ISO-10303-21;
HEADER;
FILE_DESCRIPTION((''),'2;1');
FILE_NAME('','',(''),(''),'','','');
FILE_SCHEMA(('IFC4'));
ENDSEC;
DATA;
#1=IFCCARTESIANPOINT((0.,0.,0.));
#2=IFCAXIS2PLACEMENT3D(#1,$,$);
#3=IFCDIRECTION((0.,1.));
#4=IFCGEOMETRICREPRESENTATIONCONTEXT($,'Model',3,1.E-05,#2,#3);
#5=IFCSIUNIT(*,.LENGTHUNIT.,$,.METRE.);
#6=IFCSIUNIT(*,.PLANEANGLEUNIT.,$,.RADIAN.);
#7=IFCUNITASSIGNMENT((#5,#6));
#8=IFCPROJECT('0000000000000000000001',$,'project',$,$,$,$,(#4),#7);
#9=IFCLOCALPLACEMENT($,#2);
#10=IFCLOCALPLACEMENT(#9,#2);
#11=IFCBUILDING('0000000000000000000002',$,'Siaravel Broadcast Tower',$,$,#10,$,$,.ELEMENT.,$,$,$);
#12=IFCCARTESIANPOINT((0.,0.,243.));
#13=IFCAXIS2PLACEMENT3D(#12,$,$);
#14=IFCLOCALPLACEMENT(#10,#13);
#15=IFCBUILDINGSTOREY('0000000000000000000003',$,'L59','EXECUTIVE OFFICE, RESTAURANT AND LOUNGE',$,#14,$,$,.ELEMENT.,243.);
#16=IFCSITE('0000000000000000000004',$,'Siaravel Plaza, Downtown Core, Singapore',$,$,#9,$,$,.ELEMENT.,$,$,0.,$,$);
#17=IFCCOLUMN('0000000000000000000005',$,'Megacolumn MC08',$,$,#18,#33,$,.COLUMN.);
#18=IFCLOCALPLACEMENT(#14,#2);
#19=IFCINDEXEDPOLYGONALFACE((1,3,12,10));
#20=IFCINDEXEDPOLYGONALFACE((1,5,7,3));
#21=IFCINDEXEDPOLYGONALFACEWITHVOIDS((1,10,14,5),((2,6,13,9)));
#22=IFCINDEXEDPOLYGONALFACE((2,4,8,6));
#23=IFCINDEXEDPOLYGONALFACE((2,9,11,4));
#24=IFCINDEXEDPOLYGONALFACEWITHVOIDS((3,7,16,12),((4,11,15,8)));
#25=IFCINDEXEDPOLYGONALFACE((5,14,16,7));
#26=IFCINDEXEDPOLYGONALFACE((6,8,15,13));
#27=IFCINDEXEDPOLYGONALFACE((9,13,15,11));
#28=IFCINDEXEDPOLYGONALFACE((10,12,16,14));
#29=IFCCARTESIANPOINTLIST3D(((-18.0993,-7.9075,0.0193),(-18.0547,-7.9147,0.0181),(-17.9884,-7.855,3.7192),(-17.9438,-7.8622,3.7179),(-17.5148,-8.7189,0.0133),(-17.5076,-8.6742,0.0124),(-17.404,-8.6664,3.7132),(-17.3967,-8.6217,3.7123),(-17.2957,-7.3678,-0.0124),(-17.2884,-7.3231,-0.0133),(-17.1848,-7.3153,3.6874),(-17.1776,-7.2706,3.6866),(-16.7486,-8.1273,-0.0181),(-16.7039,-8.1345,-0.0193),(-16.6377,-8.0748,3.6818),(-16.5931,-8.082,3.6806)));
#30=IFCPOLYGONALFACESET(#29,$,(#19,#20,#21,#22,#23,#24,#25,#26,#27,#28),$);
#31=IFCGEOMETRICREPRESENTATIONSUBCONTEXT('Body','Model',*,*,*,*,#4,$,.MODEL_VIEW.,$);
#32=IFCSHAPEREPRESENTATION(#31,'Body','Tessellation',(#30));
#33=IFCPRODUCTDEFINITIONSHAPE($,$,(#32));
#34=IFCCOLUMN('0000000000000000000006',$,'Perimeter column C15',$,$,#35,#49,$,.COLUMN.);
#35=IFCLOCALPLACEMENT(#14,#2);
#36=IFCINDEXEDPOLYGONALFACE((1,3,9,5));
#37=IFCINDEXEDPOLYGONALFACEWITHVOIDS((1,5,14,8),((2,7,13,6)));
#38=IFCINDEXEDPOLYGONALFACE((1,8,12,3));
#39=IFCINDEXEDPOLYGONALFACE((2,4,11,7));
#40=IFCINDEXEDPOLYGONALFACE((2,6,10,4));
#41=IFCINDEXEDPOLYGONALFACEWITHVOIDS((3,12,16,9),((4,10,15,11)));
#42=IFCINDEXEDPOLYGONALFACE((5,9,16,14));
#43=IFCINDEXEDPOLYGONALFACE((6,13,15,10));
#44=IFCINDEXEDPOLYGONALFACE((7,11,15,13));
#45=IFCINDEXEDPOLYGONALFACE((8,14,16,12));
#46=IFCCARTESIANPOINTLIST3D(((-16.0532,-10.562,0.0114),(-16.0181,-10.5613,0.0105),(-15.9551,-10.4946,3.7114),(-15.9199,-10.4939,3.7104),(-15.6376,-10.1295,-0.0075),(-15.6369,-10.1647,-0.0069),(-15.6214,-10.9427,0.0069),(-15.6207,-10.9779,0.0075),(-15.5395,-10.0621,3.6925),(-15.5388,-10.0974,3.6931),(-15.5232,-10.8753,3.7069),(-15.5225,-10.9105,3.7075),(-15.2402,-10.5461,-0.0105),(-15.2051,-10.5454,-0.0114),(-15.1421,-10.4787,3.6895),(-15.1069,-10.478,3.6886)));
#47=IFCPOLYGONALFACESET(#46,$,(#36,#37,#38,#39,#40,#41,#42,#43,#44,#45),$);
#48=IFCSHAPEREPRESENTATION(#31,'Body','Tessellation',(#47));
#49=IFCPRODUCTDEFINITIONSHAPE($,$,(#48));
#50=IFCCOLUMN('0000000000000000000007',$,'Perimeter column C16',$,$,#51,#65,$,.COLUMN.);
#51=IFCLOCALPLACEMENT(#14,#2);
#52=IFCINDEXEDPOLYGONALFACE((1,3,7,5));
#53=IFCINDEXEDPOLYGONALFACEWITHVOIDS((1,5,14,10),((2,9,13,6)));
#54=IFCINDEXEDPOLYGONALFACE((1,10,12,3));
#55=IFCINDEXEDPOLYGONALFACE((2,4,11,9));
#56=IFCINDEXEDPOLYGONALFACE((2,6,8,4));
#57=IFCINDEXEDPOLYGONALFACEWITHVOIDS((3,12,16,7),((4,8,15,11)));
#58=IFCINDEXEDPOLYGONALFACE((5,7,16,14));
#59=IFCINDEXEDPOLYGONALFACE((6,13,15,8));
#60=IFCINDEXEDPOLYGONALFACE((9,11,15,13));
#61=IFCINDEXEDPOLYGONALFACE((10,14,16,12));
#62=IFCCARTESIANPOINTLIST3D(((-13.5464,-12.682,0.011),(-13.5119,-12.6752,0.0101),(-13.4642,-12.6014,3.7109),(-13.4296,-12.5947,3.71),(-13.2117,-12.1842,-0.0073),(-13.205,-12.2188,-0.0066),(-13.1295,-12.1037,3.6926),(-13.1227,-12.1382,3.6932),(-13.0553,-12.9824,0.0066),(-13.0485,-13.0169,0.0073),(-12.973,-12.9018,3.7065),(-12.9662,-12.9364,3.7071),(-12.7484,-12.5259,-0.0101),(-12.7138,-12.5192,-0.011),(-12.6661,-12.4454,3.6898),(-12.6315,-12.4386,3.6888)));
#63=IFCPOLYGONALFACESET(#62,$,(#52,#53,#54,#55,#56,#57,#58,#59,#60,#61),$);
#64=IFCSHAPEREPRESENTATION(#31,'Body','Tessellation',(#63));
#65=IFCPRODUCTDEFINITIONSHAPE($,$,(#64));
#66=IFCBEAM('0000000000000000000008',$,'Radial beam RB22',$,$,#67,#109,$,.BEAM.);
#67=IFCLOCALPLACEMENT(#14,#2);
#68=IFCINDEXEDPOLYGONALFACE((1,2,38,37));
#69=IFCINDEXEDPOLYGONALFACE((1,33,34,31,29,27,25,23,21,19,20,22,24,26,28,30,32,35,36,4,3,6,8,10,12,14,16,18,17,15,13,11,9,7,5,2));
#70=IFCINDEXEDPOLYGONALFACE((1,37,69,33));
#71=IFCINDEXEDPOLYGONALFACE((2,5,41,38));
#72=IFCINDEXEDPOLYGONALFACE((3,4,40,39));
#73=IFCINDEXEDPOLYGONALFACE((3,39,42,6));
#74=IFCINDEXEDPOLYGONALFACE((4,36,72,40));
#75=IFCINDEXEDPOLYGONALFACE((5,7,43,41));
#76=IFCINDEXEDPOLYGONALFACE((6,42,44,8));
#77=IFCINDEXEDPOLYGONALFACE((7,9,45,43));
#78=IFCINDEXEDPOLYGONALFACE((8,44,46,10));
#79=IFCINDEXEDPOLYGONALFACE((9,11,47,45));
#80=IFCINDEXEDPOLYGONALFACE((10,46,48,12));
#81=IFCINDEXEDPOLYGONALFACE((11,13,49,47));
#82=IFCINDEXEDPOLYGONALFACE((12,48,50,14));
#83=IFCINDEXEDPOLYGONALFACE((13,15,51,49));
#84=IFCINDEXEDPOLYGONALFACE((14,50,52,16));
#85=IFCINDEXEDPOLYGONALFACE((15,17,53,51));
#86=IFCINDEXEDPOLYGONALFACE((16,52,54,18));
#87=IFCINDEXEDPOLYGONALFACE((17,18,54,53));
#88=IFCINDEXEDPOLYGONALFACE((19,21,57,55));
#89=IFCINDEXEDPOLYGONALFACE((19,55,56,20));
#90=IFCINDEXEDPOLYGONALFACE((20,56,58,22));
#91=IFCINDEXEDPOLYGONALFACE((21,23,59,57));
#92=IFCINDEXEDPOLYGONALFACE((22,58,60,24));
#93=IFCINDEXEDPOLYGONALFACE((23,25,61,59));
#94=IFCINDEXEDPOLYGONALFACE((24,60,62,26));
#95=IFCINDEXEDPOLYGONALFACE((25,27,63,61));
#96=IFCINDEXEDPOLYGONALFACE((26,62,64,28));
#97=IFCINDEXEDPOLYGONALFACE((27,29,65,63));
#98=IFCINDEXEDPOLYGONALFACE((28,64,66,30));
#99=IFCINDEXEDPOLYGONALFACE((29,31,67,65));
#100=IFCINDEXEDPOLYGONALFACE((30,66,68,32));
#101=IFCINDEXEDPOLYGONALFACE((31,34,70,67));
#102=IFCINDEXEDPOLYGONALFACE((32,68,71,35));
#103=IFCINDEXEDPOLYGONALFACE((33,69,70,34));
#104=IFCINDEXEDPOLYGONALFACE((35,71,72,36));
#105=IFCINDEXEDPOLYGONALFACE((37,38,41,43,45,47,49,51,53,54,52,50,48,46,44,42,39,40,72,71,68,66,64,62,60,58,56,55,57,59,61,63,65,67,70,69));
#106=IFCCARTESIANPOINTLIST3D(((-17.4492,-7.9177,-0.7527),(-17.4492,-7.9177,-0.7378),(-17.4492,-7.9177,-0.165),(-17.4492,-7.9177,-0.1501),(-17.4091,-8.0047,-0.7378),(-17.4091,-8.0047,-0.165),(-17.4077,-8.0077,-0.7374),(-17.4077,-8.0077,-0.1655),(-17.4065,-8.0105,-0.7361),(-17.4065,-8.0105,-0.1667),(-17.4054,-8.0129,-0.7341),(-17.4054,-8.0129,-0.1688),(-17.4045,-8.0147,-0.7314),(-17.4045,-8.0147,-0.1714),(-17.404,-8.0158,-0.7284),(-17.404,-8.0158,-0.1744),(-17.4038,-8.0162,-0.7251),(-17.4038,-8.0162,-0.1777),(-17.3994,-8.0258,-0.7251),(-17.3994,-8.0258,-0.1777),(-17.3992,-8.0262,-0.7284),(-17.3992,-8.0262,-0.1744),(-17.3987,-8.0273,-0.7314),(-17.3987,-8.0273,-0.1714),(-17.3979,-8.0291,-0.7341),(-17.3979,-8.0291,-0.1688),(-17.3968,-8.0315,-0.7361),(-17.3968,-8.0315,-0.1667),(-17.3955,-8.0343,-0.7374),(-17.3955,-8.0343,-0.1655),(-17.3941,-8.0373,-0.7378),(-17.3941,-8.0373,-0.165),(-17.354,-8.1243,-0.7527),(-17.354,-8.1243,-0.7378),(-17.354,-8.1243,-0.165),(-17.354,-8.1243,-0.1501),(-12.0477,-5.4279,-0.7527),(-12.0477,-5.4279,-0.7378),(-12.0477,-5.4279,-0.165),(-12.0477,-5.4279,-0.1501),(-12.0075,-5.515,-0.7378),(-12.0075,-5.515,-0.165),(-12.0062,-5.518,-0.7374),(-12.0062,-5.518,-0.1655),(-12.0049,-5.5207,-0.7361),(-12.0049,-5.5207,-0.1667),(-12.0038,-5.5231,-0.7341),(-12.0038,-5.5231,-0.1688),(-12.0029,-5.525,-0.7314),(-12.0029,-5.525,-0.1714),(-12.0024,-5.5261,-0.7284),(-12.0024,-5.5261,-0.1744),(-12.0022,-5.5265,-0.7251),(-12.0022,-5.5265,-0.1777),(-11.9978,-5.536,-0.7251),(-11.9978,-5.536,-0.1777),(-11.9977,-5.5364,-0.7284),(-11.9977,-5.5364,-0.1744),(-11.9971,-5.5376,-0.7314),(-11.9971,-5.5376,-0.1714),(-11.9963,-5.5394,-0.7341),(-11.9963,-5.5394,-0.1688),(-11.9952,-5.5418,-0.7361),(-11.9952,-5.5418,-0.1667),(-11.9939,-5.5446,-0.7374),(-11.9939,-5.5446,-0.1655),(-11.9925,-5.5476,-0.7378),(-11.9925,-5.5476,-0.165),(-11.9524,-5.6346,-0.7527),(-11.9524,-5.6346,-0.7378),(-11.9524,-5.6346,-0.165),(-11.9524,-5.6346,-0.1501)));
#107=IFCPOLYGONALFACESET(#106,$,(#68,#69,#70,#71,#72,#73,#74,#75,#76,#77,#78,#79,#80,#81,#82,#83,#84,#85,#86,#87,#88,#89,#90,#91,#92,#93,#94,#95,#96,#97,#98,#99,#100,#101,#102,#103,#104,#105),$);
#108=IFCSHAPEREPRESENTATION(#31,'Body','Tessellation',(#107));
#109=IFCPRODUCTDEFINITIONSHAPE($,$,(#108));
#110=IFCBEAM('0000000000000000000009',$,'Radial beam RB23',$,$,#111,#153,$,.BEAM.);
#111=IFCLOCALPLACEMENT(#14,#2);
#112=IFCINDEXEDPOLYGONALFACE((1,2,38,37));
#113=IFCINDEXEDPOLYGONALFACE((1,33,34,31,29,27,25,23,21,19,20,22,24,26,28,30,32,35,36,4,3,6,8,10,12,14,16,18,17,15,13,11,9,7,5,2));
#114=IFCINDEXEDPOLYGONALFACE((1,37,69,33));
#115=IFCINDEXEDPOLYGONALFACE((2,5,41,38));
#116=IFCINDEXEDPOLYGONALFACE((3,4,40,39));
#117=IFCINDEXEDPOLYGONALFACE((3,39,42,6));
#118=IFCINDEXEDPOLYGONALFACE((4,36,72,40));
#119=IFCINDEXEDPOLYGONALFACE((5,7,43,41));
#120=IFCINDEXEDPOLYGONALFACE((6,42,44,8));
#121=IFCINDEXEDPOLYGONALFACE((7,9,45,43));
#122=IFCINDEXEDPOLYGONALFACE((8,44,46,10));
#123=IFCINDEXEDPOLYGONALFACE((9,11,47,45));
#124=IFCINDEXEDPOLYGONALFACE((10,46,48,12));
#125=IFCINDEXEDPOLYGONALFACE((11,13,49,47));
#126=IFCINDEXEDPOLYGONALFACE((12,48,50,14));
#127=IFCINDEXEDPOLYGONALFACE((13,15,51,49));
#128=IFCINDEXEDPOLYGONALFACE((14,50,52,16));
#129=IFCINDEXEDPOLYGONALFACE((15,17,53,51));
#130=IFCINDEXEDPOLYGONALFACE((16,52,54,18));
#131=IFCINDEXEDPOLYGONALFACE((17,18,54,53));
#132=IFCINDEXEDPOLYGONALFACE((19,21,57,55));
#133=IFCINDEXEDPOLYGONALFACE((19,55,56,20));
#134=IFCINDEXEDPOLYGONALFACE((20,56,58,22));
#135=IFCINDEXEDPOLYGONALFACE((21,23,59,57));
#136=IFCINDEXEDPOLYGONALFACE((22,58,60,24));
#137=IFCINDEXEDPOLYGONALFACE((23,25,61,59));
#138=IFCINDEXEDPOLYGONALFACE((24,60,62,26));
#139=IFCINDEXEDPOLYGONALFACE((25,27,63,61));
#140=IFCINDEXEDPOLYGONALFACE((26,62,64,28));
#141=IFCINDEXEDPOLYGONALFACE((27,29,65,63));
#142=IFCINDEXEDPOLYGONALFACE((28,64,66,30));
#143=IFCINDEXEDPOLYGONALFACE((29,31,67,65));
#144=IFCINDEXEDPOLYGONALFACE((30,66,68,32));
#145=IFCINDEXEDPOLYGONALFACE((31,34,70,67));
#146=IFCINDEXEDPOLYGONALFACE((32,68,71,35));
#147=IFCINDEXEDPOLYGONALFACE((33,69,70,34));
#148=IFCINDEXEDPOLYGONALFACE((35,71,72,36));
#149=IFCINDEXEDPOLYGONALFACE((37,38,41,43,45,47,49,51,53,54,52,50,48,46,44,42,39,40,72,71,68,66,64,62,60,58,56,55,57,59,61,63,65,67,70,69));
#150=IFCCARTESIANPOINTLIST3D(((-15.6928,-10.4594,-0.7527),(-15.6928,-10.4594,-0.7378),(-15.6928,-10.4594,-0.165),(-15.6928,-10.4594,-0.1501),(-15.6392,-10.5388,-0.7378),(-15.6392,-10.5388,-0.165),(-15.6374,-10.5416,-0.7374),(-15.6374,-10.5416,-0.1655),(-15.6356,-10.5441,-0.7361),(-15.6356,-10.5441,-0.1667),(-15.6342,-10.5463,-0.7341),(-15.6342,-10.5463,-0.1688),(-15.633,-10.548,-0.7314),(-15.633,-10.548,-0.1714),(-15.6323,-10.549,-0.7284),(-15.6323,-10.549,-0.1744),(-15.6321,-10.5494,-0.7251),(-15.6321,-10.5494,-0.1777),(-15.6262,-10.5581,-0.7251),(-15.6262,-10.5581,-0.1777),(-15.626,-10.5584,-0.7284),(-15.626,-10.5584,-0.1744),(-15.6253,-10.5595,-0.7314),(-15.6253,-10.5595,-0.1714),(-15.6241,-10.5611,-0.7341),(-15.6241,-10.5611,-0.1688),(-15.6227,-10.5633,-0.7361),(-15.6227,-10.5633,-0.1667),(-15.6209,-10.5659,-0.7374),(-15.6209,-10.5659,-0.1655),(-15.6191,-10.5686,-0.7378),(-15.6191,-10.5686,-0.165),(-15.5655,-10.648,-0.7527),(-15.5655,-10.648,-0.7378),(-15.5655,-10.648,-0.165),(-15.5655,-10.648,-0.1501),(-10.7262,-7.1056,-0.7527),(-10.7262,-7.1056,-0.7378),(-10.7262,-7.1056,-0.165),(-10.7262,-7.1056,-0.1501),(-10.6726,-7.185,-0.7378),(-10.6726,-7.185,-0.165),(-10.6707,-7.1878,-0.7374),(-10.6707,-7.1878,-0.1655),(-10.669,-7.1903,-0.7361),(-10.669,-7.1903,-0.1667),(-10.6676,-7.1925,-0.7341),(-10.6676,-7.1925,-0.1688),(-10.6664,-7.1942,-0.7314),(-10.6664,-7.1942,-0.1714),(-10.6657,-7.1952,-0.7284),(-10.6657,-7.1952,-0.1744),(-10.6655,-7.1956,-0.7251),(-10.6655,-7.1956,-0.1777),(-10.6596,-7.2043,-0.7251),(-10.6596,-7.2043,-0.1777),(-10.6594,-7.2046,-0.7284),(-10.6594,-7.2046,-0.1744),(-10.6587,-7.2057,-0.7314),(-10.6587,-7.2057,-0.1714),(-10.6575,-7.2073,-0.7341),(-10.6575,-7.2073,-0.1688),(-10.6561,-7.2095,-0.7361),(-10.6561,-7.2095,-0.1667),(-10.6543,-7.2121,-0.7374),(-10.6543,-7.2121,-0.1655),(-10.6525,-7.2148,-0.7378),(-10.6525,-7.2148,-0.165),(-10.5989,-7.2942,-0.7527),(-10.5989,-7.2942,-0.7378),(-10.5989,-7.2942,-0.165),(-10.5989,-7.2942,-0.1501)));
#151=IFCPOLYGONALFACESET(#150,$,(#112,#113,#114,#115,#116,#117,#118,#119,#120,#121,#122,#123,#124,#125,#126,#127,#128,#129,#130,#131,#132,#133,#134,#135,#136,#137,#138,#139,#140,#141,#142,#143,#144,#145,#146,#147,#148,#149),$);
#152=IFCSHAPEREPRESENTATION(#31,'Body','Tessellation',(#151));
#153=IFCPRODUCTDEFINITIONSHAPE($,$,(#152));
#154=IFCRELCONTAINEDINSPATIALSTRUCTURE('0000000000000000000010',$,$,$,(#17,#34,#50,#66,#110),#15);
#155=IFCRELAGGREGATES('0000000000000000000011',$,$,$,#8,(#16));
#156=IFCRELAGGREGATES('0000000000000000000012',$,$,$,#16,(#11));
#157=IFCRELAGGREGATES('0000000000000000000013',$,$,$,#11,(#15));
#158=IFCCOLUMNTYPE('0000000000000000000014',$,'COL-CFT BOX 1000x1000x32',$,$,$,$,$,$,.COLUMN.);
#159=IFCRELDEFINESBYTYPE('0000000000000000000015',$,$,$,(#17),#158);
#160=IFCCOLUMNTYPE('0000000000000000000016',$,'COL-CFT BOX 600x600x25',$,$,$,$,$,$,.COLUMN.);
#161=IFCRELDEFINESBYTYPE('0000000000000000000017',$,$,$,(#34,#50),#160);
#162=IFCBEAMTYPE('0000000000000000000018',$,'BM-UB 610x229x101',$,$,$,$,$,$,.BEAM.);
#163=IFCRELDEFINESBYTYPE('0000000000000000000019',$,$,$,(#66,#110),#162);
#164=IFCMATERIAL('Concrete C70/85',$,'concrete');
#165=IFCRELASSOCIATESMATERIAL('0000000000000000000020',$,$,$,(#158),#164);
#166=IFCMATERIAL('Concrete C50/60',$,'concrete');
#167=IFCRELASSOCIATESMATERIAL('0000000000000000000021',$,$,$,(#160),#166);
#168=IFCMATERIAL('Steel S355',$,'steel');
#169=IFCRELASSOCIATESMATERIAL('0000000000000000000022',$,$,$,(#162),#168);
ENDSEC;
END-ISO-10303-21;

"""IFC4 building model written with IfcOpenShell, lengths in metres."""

from ifc_helpers import new_model, si_unit, direction, frame, origin, origin_2d, place, context, subcontext, project, spatial, hollow_rectangle, i_section, extrude, material, material_profile, profile_set, type_object, element, save


model = new_model("IFC4")

# Units and contexts
model_context = context("Model", 3, precision=1e-05, world=origin(), true_north=direction((0.0, 1.0)))
body_context = subcontext(model_context, "Body", "Model", "MODEL_VIEW")
ifc_project = project(units=[si_unit("LENGTHUNIT", "METRE"), si_unit("PLANEANGLEUNIT", "RADIAN")], contexts=[model_context])

# Site, building, storey
site_placement = place(None, origin())
site = spatial("IfcSite", under=ifc_project, at=site_placement, Name="Siaravel Plaza, Downtown Core, Singapore", CompositionType="ELEMENT", RefElevation=0.0)
building_placement = place(site_placement, origin())
building = spatial("IfcBuilding", under=site, at=building_placement, Name="Siaravel Broadcast Tower", CompositionType="ELEMENT")
storey_placement = place(building_placement, frame((0.0, 0.0, 243.0)))
storey = spatial("IfcBuildingStorey", under=building, at=storey_placement, Name="L59", Description="EXECUTIVE OFFICE, RESTAURANT AND LOUNGE", CompositionType="ELEMENT", Elevation=243.0)

# Columns
ifc_material_1 = material(Name="Concrete C70/85", Category="concrete")
ifc_material_profile_1 = material_profile(ifc_material_1, hollow_rectangle(XDim=1.0, YDim=1.0, WallThickness=0.032, at=origin_2d()))
ifc_profile_set_1 = profile_set([ifc_material_profile_1], Name="Concrete C70/85")
column_type_1 = type_object("IfcColumnType", Name="COL-CFT BOX 1000x1000x32", PredefinedType="COLUMN", material=ifc_profile_set_1)
column_1_placement = place(storey_placement, frame((-17.4016, -8.021, 0.0), z_axis=(0.029941, 0.014179, 0.999451), x_axis=(-0.584468, 0.811395, 0.005998)))
element("IfcColumn", 1, at=column_1_placement, inside=storey, type_object=column_type_1, Name="Megacolumn MC08", PredefinedType="COLUMN", context=body_context, shape_type="SweptSolid", body=[
    extrude(hollow_rectangle(XDim=1.0, YDim=1.0, WallThickness=0.032, at=origin_2d()), origin(), (0.0, 0.0, 1.0), 3.7019),
])
ifc_material_2 = material(Name="Concrete C50/60", Category="concrete")
ifc_material_profile_2 = material_profile(ifc_material_2, hollow_rectangle(XDim=0.6001, YDim=0.6001, WallThickness=0.0249, at=origin_2d()))
ifc_profile_set_2 = profile_set([ifc_material_profile_2], Name="Concrete C50/60")
column_type_2 = type_object("IfcColumnType", Name="COL-CFT BOX 600x600x25", PredefinedType="COLUMN", material=ifc_profile_set_2)
column_2_placement = place(storey_placement, frame((-15.6292, -10.5537, 0.0), z_axis=(0.026512, 0.018202, 0.999483), x_axis=(-0.720867, 0.693043, 0.0065)))
element("IfcColumn", 2, at=column_2_placement, inside=storey, type_object=column_type_2, Name="Perimeter column C15", PredefinedType="COLUMN", context=body_context, shape_type="SweptSolid", body=[
    extrude(hollow_rectangle(XDim=0.6001, YDim=0.6001, WallThickness=0.0249, at=origin_2d()), origin(), (0.0, 0.0, 1.0), 3.7019),
])
column_3_placement = place(storey_placement, frame((-13.1301, -12.6006, 0.0), z_axis=(0.022226, 0.021764, 0.999516), x_axis=(-0.829716, 0.558151, 0.006297)))
element("IfcColumn", 3, at=column_3_placement, inside=storey, type_object=column_type_2, Name="Perimeter column C16", PredefinedType="COLUMN", context=body_context, shape_type="SweptSolid", body=[
    extrude(hollow_rectangle(XDim=0.6001, YDim=0.6001, WallThickness=0.0249, at=origin_2d()), origin(), (0.0, 0.0, 1.0), 3.7017),
])

# Beams
ifc_material_3 = material(Name="Steel S355", Category="steel")
ifc_material_profile_3 = material_profile(ifc_material_3, i_section(OverallWidth=0.2275, OverallDepth=0.6025, WebThickness=0.0105, FlangeThickness=0.0149, FilletRadius=0.0127, at=origin_2d()))
ifc_profile_set_3 = profile_set([ifc_material_profile_3], Name="Steel S355")
beam_type = type_object("IfcBeamType", Name="BM-UB 610x229x101", PredefinedType="BEAM", material=ifc_profile_set_3)
beam_1_placement = place(storey_placement, frame((-17.4016, -8.021, -0.4514), z_axis=(0.908171, 0.4186, 0.0), x_axis=(-0.4186, 0.908171, 0.0)))
element("IfcBeam", 4, at=beam_1_placement, inside=storey, type_object=beam_type, Name="Radial beam RB22", PredefinedType="BEAM", context=body_context, shape_type="SweptSolid", body=[
    extrude(i_section(OverallWidth=0.2275, OverallDepth=0.6025, WebThickness=0.0105, FlangeThickness=0.0149, FilletRadius=0.0127, at=origin_2d()), origin(), (0.0, 0.0, 1.0), 5.9478),
])
beam_2_placement = place(storey_placement, frame((-15.6292, -10.5537, -0.4514), z_axis=(0.828745, 0.559626, 0.0), x_axis=(-0.559626, 0.828745, 0.0)))
element("IfcBeam", 5, at=beam_2_placement, inside=storey, type_object=beam_type, Name="Radial beam RB23", PredefinedType="BEAM", context=body_context, shape_type="SweptSolid", body=[
    extrude(i_section(OverallWidth=0.2275, OverallDepth=0.6025, WebThickness=0.0105, FlangeThickness=0.0149, FilletRadius=0.0127, at=origin_2d()), origin(), (0.0, 0.0, 1.0), 5.9929),
])

save(model, "model.ifc")
